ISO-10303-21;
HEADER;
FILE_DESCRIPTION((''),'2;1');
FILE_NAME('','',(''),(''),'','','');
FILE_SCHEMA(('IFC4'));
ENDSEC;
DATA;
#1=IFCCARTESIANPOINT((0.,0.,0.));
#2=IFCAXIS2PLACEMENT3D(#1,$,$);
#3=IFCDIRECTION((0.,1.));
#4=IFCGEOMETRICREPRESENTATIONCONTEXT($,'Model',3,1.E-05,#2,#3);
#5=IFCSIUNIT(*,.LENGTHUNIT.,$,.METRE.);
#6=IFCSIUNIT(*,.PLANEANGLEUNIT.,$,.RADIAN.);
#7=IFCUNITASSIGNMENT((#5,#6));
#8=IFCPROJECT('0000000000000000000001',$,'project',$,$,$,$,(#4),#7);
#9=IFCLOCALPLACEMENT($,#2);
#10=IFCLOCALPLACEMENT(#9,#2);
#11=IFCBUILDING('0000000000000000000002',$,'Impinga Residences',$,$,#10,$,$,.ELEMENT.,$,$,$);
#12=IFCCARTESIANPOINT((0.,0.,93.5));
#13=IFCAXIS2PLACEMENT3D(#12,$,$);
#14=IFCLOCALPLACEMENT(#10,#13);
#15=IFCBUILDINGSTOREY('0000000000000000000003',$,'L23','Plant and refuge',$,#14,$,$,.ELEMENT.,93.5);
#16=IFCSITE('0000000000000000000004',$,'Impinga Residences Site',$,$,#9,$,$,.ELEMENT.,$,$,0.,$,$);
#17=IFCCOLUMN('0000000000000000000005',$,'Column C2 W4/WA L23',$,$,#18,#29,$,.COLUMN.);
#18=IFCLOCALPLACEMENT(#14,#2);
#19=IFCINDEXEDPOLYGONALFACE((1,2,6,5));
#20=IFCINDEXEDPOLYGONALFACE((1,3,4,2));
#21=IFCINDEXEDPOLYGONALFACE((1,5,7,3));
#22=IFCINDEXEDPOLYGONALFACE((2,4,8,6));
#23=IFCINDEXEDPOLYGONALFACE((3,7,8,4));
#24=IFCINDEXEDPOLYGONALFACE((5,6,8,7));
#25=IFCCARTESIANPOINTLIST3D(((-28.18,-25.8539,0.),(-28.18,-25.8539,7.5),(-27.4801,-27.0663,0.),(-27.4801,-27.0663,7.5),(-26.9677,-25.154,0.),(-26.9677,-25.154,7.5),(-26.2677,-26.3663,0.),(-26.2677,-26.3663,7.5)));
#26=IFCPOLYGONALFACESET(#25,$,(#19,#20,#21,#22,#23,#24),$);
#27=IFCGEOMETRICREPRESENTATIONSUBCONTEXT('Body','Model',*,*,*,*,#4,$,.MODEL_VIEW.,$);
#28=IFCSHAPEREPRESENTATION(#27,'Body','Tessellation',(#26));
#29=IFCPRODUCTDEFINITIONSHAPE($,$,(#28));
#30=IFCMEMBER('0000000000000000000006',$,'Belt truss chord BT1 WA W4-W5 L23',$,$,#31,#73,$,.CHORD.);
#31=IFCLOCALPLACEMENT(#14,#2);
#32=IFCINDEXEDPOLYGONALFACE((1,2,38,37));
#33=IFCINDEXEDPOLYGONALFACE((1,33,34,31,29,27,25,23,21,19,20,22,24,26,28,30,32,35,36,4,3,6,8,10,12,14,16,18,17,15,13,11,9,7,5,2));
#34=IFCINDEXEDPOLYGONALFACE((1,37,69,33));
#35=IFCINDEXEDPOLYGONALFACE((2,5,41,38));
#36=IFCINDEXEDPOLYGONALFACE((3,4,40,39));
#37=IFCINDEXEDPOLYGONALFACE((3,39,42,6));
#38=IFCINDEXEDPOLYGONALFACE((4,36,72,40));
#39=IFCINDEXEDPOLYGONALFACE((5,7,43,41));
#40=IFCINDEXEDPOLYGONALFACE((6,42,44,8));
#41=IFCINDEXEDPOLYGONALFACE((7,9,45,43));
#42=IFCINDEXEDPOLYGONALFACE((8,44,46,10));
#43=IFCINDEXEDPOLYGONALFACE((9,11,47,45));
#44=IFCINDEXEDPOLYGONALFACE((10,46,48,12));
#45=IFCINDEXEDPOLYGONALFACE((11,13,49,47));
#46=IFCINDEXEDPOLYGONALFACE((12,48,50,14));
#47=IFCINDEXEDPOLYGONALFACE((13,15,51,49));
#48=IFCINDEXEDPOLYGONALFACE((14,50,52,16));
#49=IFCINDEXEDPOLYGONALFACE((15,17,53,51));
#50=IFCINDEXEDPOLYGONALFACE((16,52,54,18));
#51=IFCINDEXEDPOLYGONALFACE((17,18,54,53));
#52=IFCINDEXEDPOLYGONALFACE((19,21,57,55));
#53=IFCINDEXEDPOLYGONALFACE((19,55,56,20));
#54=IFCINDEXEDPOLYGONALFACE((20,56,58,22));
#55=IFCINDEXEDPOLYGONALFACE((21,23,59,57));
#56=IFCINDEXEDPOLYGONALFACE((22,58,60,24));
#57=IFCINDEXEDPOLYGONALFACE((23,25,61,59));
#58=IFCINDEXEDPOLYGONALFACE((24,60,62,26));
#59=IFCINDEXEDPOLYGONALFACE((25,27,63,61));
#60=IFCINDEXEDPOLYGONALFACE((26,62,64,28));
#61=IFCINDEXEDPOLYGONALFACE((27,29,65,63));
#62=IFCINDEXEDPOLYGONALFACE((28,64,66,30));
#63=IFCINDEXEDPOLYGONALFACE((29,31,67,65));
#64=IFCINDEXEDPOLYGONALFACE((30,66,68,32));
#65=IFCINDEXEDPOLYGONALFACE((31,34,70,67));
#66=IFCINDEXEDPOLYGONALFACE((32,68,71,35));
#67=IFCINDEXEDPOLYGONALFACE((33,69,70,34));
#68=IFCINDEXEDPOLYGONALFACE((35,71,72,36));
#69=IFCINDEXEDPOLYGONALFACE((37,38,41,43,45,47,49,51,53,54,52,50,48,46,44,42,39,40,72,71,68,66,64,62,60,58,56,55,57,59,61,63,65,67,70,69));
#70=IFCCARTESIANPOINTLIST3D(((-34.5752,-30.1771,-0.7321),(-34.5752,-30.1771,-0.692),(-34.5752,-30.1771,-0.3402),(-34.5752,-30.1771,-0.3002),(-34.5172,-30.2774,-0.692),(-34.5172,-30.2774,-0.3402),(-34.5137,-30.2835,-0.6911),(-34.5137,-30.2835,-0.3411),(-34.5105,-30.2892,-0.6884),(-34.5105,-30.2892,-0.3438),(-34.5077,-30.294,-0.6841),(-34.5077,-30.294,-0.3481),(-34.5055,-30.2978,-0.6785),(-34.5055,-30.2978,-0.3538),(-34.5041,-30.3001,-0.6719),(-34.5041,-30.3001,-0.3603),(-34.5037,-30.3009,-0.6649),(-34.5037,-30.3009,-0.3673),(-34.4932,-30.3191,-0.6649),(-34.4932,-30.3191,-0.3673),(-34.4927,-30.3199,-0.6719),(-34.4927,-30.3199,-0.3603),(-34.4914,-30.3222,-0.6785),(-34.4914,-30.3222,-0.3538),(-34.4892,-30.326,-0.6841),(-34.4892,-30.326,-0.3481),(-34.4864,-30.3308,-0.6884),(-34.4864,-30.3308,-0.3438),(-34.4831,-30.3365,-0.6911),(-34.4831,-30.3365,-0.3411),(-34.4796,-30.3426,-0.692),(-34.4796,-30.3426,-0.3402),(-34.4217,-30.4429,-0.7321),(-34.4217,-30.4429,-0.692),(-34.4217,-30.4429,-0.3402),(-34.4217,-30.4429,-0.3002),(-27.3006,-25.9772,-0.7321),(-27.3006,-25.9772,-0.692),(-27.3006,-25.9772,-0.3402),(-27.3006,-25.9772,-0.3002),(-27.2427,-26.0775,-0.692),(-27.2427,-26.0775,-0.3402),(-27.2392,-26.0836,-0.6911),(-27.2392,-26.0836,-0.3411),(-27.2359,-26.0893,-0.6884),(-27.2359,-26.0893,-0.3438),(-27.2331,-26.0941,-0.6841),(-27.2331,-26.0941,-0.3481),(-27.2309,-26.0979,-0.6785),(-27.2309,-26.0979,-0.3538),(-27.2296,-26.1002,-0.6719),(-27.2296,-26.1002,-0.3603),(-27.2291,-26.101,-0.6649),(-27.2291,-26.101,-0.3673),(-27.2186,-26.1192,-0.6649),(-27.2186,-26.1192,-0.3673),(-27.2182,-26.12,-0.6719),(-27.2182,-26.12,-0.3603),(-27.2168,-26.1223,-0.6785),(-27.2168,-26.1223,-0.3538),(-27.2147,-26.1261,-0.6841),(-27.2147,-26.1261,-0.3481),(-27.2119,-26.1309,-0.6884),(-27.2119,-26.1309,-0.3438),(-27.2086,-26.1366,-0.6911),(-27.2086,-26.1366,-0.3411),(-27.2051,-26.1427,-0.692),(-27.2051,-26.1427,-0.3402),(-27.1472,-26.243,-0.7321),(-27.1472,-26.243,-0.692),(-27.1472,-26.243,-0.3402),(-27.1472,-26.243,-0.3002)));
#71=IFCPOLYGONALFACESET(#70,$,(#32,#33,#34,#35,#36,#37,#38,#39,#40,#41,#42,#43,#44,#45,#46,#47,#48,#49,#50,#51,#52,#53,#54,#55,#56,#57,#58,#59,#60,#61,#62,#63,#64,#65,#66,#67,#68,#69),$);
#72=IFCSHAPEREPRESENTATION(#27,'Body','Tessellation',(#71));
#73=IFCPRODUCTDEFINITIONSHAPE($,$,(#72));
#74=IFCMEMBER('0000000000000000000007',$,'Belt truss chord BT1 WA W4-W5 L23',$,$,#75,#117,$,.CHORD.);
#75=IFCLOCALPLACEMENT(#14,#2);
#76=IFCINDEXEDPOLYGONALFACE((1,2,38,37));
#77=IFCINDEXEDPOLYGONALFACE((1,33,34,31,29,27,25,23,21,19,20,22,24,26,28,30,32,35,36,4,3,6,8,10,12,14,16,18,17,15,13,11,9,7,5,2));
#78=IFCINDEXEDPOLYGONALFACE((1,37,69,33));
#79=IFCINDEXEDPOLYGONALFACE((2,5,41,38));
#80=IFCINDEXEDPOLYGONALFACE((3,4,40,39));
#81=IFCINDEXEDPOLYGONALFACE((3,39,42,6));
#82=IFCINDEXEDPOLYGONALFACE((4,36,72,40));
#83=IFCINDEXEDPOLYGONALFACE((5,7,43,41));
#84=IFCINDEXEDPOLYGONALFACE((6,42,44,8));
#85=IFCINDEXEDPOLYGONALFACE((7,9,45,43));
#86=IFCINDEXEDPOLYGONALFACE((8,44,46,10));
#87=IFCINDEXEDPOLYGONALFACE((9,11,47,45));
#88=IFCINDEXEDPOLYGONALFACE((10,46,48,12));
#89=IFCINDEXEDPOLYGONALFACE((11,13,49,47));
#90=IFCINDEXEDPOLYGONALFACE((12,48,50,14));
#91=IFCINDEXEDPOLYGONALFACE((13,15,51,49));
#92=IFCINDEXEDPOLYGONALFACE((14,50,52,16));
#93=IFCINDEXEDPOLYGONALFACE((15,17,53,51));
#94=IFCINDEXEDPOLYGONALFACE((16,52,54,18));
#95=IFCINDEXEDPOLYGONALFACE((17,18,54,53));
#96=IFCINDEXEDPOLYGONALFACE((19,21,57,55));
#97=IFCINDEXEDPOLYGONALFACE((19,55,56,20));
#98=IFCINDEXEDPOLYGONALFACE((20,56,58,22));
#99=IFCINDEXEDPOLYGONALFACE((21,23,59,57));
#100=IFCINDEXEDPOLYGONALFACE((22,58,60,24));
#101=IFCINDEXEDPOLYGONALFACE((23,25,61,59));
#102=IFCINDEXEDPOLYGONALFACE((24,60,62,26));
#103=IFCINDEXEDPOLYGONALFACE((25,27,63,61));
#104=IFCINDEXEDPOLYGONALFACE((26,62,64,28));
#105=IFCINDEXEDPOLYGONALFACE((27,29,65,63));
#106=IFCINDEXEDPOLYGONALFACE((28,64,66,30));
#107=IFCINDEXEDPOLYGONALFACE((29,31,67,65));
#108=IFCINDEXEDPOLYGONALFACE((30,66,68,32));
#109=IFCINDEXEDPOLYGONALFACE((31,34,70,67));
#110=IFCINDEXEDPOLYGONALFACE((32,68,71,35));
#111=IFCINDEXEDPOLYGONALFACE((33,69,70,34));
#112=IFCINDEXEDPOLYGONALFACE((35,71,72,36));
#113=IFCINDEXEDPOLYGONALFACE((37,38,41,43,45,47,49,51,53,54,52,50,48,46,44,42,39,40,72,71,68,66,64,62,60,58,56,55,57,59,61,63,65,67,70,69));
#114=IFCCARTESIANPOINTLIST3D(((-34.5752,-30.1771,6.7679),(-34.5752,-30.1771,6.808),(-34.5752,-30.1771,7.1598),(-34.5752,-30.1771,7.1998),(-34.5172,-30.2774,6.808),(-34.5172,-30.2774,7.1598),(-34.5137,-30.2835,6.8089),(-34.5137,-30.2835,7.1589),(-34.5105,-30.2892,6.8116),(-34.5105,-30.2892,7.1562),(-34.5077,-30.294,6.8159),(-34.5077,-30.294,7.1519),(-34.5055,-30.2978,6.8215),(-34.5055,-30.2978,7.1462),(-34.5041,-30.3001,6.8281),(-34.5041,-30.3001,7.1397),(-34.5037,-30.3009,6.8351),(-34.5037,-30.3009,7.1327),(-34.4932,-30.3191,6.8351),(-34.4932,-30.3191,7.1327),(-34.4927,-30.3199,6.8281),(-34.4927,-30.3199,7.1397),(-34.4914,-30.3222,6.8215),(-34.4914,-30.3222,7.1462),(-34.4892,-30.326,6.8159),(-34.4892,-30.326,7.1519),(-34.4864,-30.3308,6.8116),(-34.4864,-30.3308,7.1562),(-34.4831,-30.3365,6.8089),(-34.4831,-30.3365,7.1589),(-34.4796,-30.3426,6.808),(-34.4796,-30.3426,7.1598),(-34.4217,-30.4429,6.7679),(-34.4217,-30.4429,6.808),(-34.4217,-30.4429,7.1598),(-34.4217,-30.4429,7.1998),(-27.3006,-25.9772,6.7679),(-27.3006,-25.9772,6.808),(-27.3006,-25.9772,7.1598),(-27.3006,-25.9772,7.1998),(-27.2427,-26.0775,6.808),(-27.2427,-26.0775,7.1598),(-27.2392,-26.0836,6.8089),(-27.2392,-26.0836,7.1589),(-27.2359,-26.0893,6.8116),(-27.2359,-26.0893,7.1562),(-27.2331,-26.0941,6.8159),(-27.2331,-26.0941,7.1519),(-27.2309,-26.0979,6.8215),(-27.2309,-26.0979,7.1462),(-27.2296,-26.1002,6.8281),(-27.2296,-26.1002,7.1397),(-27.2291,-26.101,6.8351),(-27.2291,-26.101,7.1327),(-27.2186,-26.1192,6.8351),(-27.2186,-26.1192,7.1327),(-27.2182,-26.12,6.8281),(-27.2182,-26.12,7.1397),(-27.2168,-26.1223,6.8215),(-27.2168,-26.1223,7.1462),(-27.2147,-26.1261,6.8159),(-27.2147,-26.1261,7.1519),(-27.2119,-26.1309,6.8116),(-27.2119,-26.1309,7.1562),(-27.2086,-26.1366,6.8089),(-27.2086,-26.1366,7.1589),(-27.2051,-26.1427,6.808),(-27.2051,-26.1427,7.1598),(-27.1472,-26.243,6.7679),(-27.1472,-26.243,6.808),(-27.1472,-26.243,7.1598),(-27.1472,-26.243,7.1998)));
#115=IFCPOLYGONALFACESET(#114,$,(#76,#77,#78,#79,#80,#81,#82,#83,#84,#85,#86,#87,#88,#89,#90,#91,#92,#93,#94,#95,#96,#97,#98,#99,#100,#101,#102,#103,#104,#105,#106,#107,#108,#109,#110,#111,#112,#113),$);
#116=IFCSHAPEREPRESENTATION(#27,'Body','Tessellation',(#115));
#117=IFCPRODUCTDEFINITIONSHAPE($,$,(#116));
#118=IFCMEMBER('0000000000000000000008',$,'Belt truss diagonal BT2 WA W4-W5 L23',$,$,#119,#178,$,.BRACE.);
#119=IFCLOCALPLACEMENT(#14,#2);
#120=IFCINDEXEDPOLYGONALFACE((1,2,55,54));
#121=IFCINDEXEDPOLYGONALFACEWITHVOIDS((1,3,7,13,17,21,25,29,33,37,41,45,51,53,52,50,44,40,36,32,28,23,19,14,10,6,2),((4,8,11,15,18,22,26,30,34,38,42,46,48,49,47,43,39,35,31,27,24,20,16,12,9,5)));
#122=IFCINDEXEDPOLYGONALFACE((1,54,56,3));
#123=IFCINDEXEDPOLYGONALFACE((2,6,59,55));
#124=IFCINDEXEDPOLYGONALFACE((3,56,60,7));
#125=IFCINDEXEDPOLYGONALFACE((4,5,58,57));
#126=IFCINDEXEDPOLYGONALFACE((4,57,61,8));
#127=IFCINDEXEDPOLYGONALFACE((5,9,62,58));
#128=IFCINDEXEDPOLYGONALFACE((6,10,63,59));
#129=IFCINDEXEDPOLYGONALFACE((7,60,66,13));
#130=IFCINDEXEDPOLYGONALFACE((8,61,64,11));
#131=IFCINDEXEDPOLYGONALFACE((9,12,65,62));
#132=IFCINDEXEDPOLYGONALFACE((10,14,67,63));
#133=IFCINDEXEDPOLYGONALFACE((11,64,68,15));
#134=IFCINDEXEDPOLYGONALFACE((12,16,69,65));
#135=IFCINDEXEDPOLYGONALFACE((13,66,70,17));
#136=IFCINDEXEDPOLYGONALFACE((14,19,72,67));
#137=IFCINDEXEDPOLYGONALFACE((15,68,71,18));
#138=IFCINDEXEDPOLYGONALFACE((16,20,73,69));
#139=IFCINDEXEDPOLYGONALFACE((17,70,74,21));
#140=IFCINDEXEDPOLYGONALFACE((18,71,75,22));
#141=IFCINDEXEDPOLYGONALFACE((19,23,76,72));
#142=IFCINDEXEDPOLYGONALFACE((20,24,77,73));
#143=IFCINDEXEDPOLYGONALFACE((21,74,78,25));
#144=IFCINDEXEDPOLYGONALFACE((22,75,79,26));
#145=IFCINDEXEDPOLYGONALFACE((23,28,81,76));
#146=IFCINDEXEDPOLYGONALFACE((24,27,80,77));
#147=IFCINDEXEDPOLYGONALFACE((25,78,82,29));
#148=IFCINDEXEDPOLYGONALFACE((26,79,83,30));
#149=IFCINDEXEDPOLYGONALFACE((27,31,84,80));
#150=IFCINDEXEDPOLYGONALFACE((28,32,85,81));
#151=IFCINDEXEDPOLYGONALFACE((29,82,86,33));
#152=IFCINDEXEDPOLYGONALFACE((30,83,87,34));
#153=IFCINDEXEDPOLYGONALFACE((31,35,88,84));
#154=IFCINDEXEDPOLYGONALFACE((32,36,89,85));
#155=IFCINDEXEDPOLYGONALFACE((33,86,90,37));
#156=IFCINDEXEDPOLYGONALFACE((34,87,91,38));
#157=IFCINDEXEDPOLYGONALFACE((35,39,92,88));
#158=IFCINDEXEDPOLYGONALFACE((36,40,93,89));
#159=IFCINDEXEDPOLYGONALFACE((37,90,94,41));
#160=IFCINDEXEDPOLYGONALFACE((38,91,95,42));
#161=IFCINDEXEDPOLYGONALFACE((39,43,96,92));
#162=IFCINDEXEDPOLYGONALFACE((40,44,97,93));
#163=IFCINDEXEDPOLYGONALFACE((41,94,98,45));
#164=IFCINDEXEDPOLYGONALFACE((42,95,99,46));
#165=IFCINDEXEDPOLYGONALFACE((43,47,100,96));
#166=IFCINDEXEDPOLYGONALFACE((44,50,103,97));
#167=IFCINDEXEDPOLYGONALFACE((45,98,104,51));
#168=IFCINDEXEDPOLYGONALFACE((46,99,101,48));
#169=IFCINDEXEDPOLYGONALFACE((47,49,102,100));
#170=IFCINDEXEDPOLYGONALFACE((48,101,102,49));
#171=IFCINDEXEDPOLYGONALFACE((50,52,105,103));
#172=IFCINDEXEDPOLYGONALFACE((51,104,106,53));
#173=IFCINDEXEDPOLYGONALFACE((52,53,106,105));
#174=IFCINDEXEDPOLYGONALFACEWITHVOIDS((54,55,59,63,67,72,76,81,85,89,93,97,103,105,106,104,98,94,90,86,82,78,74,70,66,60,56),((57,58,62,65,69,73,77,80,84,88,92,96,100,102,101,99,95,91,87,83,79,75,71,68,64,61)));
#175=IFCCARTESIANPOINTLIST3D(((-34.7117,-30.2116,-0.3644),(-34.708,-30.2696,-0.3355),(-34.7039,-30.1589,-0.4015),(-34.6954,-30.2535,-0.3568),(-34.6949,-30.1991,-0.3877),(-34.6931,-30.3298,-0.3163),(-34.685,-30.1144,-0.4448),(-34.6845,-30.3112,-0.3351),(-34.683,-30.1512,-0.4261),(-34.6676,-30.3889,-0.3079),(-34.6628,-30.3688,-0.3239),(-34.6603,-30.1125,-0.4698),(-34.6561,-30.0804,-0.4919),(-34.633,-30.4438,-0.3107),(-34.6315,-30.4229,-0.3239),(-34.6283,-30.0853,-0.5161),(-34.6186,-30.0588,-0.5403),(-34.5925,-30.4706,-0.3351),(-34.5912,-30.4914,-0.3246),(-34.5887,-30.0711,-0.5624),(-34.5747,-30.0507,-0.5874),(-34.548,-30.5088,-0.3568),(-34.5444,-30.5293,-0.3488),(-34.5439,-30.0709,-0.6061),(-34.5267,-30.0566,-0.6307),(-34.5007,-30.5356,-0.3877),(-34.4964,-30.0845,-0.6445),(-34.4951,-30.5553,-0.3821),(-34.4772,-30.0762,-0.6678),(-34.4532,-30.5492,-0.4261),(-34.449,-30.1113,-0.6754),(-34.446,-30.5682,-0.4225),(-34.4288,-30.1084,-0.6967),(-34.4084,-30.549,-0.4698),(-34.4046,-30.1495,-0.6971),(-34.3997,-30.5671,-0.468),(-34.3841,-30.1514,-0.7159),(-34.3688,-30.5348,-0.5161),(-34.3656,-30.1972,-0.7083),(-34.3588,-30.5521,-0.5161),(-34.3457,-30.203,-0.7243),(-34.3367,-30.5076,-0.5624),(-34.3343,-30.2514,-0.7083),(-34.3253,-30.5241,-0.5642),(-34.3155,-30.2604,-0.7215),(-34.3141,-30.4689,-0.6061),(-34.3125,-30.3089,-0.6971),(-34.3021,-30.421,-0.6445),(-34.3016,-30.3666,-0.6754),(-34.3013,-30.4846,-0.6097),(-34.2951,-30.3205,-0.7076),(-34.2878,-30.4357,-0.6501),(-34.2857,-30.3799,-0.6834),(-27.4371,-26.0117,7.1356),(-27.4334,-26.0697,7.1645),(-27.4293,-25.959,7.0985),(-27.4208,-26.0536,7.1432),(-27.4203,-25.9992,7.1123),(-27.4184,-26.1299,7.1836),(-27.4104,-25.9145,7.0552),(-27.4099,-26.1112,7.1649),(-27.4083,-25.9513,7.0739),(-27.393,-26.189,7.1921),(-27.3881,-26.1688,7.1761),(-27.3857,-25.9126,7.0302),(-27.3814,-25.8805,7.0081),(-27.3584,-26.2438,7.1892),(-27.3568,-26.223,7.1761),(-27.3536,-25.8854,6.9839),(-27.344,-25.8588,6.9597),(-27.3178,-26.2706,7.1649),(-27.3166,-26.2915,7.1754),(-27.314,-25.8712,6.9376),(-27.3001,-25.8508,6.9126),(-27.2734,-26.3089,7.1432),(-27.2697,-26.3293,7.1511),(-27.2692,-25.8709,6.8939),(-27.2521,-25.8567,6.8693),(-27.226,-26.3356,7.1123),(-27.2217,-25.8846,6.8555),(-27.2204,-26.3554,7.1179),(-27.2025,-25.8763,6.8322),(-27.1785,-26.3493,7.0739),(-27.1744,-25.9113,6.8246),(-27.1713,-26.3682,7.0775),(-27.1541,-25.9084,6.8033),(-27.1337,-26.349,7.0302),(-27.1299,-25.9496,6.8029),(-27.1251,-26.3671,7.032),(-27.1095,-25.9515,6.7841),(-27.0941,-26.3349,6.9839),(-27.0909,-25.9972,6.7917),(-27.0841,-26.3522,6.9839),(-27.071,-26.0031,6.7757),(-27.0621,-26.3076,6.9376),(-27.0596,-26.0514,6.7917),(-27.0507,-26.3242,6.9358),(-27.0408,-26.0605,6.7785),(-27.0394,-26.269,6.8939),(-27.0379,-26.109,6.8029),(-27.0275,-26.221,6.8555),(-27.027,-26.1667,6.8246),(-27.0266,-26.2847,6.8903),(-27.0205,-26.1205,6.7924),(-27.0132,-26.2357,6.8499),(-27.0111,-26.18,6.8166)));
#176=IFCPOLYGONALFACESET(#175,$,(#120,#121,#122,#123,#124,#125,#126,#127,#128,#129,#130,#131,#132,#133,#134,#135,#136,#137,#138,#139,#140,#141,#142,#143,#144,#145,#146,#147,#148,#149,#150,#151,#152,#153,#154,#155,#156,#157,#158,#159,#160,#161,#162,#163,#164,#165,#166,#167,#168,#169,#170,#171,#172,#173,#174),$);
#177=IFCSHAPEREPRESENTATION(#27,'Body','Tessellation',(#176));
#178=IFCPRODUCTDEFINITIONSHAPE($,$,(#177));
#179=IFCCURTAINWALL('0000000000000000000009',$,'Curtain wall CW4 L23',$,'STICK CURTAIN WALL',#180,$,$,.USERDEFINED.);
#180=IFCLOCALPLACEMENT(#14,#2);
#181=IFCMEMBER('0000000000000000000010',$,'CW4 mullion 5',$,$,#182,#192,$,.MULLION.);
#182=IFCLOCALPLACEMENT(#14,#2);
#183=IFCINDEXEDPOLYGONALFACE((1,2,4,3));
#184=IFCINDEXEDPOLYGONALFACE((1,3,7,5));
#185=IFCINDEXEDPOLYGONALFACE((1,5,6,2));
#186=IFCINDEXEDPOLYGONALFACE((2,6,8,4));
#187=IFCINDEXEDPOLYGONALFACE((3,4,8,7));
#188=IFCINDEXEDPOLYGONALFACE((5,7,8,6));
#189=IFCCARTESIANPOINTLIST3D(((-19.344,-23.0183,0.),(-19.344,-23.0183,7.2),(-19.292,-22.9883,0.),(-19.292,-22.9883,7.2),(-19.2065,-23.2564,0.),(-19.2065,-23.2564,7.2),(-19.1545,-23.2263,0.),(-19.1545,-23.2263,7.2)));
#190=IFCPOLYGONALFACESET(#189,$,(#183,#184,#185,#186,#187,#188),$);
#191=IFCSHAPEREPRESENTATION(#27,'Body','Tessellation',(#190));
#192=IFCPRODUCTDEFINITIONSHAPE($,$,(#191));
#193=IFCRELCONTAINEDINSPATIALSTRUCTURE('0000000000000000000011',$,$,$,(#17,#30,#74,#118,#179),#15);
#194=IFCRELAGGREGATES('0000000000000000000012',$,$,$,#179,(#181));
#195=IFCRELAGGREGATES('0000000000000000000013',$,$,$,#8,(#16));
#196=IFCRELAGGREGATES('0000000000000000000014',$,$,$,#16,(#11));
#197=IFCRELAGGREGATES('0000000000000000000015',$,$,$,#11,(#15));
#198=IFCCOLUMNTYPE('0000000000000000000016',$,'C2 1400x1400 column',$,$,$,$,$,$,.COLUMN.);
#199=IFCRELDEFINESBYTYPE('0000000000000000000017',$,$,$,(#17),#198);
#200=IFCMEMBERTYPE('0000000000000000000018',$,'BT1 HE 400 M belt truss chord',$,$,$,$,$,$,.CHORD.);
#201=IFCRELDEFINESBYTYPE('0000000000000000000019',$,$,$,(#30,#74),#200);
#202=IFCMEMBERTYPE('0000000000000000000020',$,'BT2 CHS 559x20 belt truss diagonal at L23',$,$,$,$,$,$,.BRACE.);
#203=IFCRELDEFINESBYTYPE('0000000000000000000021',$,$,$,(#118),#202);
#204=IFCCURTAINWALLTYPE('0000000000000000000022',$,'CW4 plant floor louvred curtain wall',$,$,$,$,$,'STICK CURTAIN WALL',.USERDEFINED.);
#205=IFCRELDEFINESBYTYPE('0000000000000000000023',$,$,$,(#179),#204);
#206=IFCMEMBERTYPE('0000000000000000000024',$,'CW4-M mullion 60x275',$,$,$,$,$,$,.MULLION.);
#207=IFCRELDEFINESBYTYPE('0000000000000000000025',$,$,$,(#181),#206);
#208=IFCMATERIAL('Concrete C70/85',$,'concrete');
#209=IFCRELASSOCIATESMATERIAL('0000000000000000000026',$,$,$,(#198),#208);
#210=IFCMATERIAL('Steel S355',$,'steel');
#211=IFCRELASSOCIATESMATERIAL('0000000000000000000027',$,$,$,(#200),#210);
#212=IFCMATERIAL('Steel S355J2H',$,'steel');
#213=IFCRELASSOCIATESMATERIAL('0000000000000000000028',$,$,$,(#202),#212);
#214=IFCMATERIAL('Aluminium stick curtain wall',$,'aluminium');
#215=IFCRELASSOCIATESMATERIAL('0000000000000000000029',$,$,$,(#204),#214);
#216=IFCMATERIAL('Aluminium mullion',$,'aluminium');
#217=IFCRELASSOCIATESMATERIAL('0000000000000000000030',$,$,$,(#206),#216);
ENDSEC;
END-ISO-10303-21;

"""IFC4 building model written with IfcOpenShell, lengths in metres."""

from ifc_helpers import new_model, si_unit, direction, frame, origin, origin_2d, place, context, subcontext, project, spatial, rectangle, hollow_circle, i_section, extrude, material, material_profile, profile_set, type_object, element, aggregate, save


model = new_model("IFC4")

# Units and contexts
model_context = context("Model", 3, precision=1e-05, world=origin(), true_north=direction((0.0, 1.0)))
body_context = subcontext(model_context, "Body", "Model", "MODEL_VIEW")
ifc_project = project(units=[si_unit("LENGTHUNIT", "METRE"), si_unit("PLANEANGLEUNIT", "RADIAN")], contexts=[model_context])

# Site, building, storey
site_placement = place(None, origin())
site = spatial("IfcSite", under=ifc_project, at=site_placement, Name="Impinga Residences Site", CompositionType="ELEMENT", RefElevation=0.0)
building_placement = place(site_placement, origin())
building = spatial("IfcBuilding", under=site, at=building_placement, Name="Impinga Residences", CompositionType="ELEMENT")
storey_placement = place(building_placement, frame((0.0, 0.0, 93.5)))
storey = spatial("IfcBuildingStorey", under=building, at=storey_placement, Name="L23", Description="Plant and refuge", CompositionType="ELEMENT", Elevation=93.5)

# Column
ifc_material_1 = material(Name="Concrete C70/85", Category="concrete")
ifc_material_profile_1 = material_profile(ifc_material_1, rectangle(XDim=1.3999, YDim=1.3999, at=origin_2d()), Name="RC 1400x1400")
ifc_profile_set_1 = profile_set([ifc_material_profile_1], Name="Concrete C70/85")
column_type = type_object("IfcColumnType", Name="C2 1400x1400 column", PredefinedType="COLUMN", material=ifc_profile_set_1)
column_placement = place(storey_placement, frame((-27.2239, -26.1101, 0.0), z_axis=(0.0, 0.0, 1.0), x_axis=(-0.5, 0.866025, 0.0)))
element("IfcColumn", 1, at=column_placement, inside=storey, type_object=column_type, Name="Column C2 W4/WA L23", PredefinedType="COLUMN", context=body_context, shape_type="SweptSolid", body=[
    extrude(rectangle(XDim=1.3999, YDim=1.3999, at=origin_2d()), origin(), (0.0, 0.0, 1.0), 7.5),
])

# Members
ifc_material_2 = material(Name="Steel S355", Category="steel")
ifc_material_profile_2 = material_profile(ifc_material_2, i_section(OverallWidth=0.3069, OverallDepth=0.4319, WebThickness=0.021, FlangeThickness=0.04, FilletRadius=0.0271, at=origin_2d()), Name="HE 400 M")
ifc_profile_set_2 = profile_set([ifc_material_profile_2], Name="Steel S355")
member_type_1 = type_object("IfcMemberType", Name="BT1 HE 400 M belt truss chord", PredefinedType="CHORD", material=ifc_profile_set_2)
for number, where, z_axis, x_axis, name in (
    (2, (-27.2239, -26.1101, -0.5161), (-0.866029, -0.499993, 0.0), (0.499993, -0.866029, 0.0), "Belt truss chord BT1 WA W4-W5 L23"),
    (3, (-27.2239, -26.1101, 6.9839), (-0.866029, -0.499993, 0.0), (0.499993, -0.866029, 0.0), "Belt truss chord BT1 WA W4-W5 L23"),
):
    element("IfcMember", number, at=place(storey_placement, frame(where, z_axis=z_axis, x_axis=x_axis)), inside=storey, type_object=member_type_1, Name=name, PredefinedType="CHORD", context=body_context, shape_type="SweptSolid", body=[
        extrude(i_section(OverallWidth=0.3069, OverallDepth=0.4319, WebThickness=0.021, FlangeThickness=0.04, FilletRadius=0.0271, at=origin_2d()), origin(), (0.0, 0.0, 1.0), 8.3999),
    ])
ifc_material_3 = material(Name="Steel S355J2H", Category="steel")
ifc_material_profile_3 = material_profile(ifc_material_3, hollow_circle(Radius=0.2795, WallThickness=0.02, at=origin_2d()), Name="CHS 559x20")
ifc_profile_set_3 = profile_set([ifc_material_profile_3], Name="Steel S355J2H")
member_type_2 = type_object("IfcMemberType", Name="BT2 CHS 559x20 belt truss diagonal at L23", PredefinedType="BRACE", material=ifc_profile_set_3)
member_1_placement = place(storey_placement, frame((-27.2239, -26.1101, 6.9839), z_axis=(-0.646004, -0.372964, -0.666015), x_axis=(0.499993, -0.866029, 0.0)))
element("IfcMember", 4, at=member_1_placement, inside=storey, type_object=member_type_2, Name="Belt truss diagonal BT2 WA W4-W5 L23", PredefinedType="BRACE", context=body_context, shape_type="SweptSolid", body=[
    extrude(hollow_circle(Radius=0.2795, WallThickness=0.02, at=origin_2d()), origin(), (0.0, 0.0, 1.0), 11.261),
])

# Curtain wall, member
ifc_material_4 = material(Name="Aluminium stick curtain wall", Category="aluminium")
curtain_wall_type = type_object("IfcCurtainWallType", Name="CW4 plant floor louvred curtain wall", ElementType="STICK CURTAIN WALL", PredefinedType="USERDEFINED", material=ifc_material_4)
curtain_wall_placement = place(storey_placement, origin())
curtain_wall = element("IfcCurtainWall", 5, at=curtain_wall_placement, inside=storey, type_object=curtain_wall_type, Name="Curtain wall CW4 L23", ObjectType="STICK CURTAIN WALL", PredefinedType="USERDEFINED")
ifc_material_5 = material(Name="Aluminium mullion", Category="aluminium")
ifc_material_profile_4 = material_profile(ifc_material_5, rectangle(XDim=0.0601, YDim=0.2749, at=origin_2d()), Name="60x275 mullion")
ifc_profile_set_4 = profile_set([ifc_material_profile_4], Name="Aluminium mullion")
member_type_3 = type_object("IfcMemberType", Name="CW4-M mullion 60x275", PredefinedType="MULLION", material=ifc_profile_set_4)
member_2_placement = place(storey_placement, frame((-19.2493, -23.1223, 0.0), z_axis=(0.0, 0.0, 1.0), x_axis=(-0.866025, -0.5, 0.0)))
member_2 = element("IfcMember", 6, at=member_2_placement, type_object=member_type_3, Name="CW4 mullion 5", PredefinedType="MULLION", context=body_context, shape_type="SweptSolid", body=[
    extrude(rectangle(XDim=0.0601, YDim=0.2749, at=origin_2d()), origin(), (0.0, 0.0, 1.0), 7.2),
])
aggregate(curtain_wall, [member_2])

save(model, "model.ifc")
